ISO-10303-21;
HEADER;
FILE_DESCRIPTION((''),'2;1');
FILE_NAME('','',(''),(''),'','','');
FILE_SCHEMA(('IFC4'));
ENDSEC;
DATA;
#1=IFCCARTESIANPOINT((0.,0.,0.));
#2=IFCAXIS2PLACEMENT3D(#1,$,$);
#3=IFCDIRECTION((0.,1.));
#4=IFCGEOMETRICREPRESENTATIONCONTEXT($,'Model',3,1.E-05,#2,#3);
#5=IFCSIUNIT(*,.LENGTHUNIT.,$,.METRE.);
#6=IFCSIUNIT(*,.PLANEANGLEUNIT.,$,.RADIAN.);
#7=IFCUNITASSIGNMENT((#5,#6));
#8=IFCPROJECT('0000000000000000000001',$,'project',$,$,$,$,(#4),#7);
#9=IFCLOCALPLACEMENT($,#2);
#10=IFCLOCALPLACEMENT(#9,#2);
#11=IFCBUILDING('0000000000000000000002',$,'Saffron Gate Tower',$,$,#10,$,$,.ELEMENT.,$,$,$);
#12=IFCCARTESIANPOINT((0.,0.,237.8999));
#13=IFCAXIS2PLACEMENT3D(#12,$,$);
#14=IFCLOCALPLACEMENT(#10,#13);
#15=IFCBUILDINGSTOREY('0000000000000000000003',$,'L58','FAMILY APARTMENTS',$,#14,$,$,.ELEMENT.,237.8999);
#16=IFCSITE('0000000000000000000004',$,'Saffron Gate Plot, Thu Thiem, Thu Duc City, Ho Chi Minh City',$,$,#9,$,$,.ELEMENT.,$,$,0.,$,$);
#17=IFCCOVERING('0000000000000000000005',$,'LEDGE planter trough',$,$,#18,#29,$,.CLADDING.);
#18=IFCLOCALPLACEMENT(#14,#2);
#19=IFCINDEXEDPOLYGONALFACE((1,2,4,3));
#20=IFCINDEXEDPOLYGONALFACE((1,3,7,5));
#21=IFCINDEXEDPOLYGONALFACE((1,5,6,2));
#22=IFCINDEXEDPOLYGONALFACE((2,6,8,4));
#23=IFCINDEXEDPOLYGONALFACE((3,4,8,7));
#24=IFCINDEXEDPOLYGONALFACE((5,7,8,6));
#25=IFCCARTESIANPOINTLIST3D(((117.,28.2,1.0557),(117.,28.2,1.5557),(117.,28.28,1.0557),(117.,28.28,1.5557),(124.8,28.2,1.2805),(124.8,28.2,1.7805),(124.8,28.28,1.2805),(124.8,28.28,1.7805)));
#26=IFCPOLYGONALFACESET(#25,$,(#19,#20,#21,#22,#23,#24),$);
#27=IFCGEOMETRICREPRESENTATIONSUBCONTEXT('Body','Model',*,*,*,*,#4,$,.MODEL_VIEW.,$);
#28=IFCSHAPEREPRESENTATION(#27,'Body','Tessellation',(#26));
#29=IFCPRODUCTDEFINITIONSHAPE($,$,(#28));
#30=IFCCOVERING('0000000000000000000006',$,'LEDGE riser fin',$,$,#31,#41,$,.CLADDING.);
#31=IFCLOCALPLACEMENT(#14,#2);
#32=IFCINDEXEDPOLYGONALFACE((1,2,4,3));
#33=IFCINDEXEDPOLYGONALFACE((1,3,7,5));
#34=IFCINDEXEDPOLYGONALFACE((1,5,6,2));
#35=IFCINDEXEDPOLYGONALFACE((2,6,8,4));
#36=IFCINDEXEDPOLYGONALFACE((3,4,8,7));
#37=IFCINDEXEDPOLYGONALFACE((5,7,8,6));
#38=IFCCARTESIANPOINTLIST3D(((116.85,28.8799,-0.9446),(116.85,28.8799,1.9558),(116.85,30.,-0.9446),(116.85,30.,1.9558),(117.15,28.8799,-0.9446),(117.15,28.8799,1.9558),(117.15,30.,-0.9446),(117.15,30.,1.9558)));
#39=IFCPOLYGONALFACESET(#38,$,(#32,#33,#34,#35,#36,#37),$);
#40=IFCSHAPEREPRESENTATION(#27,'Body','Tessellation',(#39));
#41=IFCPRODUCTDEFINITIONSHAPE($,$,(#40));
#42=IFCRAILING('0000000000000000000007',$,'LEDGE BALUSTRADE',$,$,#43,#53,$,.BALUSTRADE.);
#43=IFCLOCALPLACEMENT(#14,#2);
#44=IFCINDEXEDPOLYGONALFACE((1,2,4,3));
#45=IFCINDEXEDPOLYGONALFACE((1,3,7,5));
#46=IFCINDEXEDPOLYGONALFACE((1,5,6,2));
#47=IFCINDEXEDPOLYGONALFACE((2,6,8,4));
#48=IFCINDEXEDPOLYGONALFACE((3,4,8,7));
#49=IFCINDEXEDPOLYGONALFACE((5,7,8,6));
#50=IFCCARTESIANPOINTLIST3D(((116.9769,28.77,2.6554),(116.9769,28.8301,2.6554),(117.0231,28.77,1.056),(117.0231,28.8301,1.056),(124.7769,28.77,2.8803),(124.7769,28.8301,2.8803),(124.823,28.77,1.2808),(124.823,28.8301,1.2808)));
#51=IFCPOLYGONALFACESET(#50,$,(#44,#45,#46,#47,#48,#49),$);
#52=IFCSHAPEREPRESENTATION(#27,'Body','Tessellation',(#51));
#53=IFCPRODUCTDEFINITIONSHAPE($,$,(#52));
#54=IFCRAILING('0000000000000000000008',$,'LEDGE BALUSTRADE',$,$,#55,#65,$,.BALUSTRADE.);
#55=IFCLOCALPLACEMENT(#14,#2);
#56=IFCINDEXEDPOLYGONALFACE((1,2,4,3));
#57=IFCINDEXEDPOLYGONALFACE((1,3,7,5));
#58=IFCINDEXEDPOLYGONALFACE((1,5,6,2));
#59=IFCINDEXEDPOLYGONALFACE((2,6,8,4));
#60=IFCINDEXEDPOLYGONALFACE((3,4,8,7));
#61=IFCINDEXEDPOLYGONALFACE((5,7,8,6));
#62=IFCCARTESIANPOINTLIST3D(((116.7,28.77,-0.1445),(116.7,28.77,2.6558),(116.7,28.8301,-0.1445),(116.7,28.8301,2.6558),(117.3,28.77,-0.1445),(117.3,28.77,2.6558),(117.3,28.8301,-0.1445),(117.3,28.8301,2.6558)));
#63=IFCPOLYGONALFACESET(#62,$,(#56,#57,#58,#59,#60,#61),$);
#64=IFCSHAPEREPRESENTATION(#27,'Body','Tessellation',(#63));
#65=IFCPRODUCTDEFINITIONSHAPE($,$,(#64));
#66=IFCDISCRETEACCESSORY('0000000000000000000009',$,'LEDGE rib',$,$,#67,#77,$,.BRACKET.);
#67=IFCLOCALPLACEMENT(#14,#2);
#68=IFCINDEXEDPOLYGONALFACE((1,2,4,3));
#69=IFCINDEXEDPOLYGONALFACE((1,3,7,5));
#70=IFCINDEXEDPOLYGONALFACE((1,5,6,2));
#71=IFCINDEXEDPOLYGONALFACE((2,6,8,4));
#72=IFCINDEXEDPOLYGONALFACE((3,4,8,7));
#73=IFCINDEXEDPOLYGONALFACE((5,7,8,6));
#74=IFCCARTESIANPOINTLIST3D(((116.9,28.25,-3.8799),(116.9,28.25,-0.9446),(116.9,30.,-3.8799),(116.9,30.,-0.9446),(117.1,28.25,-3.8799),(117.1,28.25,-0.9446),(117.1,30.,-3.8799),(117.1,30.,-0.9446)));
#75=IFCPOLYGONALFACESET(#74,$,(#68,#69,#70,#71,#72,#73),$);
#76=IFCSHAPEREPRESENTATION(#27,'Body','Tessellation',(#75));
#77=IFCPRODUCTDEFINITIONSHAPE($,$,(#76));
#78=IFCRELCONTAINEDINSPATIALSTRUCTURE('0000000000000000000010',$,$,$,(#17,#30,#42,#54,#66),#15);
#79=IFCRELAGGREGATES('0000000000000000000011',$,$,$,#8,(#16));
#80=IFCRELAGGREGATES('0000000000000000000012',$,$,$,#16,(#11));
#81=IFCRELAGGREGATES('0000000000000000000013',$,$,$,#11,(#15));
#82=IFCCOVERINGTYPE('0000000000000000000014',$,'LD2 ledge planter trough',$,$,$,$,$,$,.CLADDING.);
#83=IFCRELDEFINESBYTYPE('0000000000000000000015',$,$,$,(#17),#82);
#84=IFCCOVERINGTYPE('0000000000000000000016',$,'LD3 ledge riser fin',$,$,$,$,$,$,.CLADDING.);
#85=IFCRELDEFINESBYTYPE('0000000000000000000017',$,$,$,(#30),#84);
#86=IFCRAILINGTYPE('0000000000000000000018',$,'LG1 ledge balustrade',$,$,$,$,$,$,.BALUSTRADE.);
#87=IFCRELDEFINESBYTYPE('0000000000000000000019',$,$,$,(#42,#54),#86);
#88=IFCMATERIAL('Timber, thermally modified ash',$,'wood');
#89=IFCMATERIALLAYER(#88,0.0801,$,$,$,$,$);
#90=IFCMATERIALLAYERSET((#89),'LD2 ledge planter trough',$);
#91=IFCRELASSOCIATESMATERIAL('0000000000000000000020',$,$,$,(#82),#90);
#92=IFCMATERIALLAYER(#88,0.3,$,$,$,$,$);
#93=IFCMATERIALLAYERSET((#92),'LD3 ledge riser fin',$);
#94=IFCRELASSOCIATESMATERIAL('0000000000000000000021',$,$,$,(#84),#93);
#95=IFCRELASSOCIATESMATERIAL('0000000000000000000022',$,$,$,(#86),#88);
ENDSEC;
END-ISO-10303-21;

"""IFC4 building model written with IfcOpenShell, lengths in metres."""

from ifc_helpers import new_model, si_unit, direction, frame, origin, origin_2d, place, context, subcontext, project, spatial, polyline, rectangle, outline, extrude, material, layer, layer_set, type_object, element, save


model = new_model("IFC4")

# Units and contexts
model_context = context("Model", 3, precision=1e-05, world=origin(), true_north=direction((0.0, 1.0)))
body_context = subcontext(model_context, "Body", "Model", "MODEL_VIEW")
ifc_project = project(units=[si_unit("LENGTHUNIT", "METRE"), si_unit("PLANEANGLEUNIT", "RADIAN")], contexts=[model_context])

# Site, building, storey
site_placement = place(None, origin())
site = spatial("IfcSite", under=ifc_project, at=site_placement, Name="Saffron Gate Plot, Thu Thiem, Thu Duc City, Ho Chi Minh City", CompositionType="ELEMENT", RefElevation=0.0)
building_placement = place(site_placement, origin())
building = spatial("IfcBuilding", under=site, at=building_placement, Name="Saffron Gate Tower", CompositionType="ELEMENT")
storey_placement = place(building_placement, frame((0.0, 0.0, 237.8999)))
storey = spatial("IfcBuildingStorey", under=building, at=storey_placement, Name="L58", Description="FAMILY APARTMENTS", CompositionType="ELEMENT", Elevation=237.8999)

# Coverings
ifc_material_1 = material(Name="Timber, thermally modified ash", Category="wood")
ifc_layer_1 = layer(ifc_material_1, 0.0801)
ifc_layer_set_1 = layer_set([ifc_layer_1], Name="LD2 ledge planter trough")
covering_type_1 = type_object("IfcCoveringType", Name="LD2 ledge planter trough", PredefinedType="CLADDING", material=ifc_layer_set_1)
covering_1_placement = place(storey_placement, frame((117.0, 28.2, 1.0557), z_axis=(0.0, -1.0, 0.0), x_axis=(0.999585, 0.0, 0.028815)))
element("IfcCovering", 1, at=covering_1_placement, inside=storey, type_object=covering_type_1, Name="LEDGE planter trough", PredefinedType="CLADDING", context=body_context, shape_type="SweptSolid", body=[
    extrude(outline(polyline([(0.0, 0.0), (7.8033, 0.0), (7.8177, 0.4998), (0.0144, 0.4998), (0.0, 0.0)])), origin(), (0.0, 0.0, -1.0), 0.0801),
])
ifc_layer_2 = layer(ifc_material_1, 0.3)
ifc_layer_set_2 = layer_set([ifc_layer_2], Name="LD3 ledge riser fin")
covering_type_2 = type_object("IfcCoveringType", Name="LD3 ledge riser fin", PredefinedType="CLADDING", material=ifc_layer_set_2)
covering_2_placement = place(storey_placement, frame((117.0, 29.4399, -0.9446), z_axis=(0.0, 0.0, 1.0), x_axis=(1.0, 0.0, 0.0)))
element("IfcCovering", 2, at=covering_2_placement, inside=storey, type_object=covering_type_2, Name="LEDGE riser fin", PredefinedType="CLADDING", context=body_context, shape_type="SweptSolid", body=[
    extrude(rectangle(XDim=0.3, YDim=1.1201, at=origin_2d()), origin(), (0.0, 0.0, 1.0), 2.9004),
])

# Railings
railing_type = type_object("IfcRailingType", Name="LG1 ledge balustrade", PredefinedType="BALUSTRADE", material=ifc_material_1)
railing_1_placement = place(storey_placement, frame((117.0, 28.8, 1.0557)))
element("IfcRailing", 3, at=railing_1_placement, inside=storey, type_object=railing_type, Name="LEDGE BALUSTRADE", PredefinedType="BALUSTRADE", context=body_context, shape_type="SweptSolid", body=[
    extrude(rectangle(XDim=0.0601, YDim=1.6001, at=origin_2d()), frame((0.0, 0.0, 0.8), z_axis=(0.999585, 0.0, 0.028815), x_axis=(0.0, 1.0, 0.0)), (0.0, 0.0, 1.0), 7.8032),
])
railing_2_placement = place(storey_placement, frame((116.7, 28.8, -0.1445)))
element("IfcRailing", 4, at=railing_2_placement, inside=storey, type_object=railing_type, Name="LEDGE BALUSTRADE", PredefinedType="BALUSTRADE", context=body_context, shape_type="SweptSolid", body=[
    extrude(rectangle(XDim=0.0601, YDim=2.8003, at=origin_2d()), frame((0.0, 0.0, 1.4001), z_axis=(1.0, 0.0, 0.0), x_axis=(0.0, 1.0, 0.0)), (0.0, 0.0, 1.0), 0.6001),
])

# Discrete accessory
discrete_accessory_placement = place(storey_placement, frame((117.0, 29.125, -3.8799), z_axis=(0.0, 0.0, 1.0), x_axis=(1.0, 0.0, 0.0)))
element("IfcDiscreteAccessory", 5, at=discrete_accessory_placement, inside=storey, Name="LEDGE rib", PredefinedType="BRACKET", context=body_context, shape_type="SweptSolid", body=[
    extrude(rectangle(XDim=0.2, YDim=1.75, at=origin_2d()), origin(), (0.0, 0.0, 1.0), 2.9353),
])

save(model, "model.ifc")
